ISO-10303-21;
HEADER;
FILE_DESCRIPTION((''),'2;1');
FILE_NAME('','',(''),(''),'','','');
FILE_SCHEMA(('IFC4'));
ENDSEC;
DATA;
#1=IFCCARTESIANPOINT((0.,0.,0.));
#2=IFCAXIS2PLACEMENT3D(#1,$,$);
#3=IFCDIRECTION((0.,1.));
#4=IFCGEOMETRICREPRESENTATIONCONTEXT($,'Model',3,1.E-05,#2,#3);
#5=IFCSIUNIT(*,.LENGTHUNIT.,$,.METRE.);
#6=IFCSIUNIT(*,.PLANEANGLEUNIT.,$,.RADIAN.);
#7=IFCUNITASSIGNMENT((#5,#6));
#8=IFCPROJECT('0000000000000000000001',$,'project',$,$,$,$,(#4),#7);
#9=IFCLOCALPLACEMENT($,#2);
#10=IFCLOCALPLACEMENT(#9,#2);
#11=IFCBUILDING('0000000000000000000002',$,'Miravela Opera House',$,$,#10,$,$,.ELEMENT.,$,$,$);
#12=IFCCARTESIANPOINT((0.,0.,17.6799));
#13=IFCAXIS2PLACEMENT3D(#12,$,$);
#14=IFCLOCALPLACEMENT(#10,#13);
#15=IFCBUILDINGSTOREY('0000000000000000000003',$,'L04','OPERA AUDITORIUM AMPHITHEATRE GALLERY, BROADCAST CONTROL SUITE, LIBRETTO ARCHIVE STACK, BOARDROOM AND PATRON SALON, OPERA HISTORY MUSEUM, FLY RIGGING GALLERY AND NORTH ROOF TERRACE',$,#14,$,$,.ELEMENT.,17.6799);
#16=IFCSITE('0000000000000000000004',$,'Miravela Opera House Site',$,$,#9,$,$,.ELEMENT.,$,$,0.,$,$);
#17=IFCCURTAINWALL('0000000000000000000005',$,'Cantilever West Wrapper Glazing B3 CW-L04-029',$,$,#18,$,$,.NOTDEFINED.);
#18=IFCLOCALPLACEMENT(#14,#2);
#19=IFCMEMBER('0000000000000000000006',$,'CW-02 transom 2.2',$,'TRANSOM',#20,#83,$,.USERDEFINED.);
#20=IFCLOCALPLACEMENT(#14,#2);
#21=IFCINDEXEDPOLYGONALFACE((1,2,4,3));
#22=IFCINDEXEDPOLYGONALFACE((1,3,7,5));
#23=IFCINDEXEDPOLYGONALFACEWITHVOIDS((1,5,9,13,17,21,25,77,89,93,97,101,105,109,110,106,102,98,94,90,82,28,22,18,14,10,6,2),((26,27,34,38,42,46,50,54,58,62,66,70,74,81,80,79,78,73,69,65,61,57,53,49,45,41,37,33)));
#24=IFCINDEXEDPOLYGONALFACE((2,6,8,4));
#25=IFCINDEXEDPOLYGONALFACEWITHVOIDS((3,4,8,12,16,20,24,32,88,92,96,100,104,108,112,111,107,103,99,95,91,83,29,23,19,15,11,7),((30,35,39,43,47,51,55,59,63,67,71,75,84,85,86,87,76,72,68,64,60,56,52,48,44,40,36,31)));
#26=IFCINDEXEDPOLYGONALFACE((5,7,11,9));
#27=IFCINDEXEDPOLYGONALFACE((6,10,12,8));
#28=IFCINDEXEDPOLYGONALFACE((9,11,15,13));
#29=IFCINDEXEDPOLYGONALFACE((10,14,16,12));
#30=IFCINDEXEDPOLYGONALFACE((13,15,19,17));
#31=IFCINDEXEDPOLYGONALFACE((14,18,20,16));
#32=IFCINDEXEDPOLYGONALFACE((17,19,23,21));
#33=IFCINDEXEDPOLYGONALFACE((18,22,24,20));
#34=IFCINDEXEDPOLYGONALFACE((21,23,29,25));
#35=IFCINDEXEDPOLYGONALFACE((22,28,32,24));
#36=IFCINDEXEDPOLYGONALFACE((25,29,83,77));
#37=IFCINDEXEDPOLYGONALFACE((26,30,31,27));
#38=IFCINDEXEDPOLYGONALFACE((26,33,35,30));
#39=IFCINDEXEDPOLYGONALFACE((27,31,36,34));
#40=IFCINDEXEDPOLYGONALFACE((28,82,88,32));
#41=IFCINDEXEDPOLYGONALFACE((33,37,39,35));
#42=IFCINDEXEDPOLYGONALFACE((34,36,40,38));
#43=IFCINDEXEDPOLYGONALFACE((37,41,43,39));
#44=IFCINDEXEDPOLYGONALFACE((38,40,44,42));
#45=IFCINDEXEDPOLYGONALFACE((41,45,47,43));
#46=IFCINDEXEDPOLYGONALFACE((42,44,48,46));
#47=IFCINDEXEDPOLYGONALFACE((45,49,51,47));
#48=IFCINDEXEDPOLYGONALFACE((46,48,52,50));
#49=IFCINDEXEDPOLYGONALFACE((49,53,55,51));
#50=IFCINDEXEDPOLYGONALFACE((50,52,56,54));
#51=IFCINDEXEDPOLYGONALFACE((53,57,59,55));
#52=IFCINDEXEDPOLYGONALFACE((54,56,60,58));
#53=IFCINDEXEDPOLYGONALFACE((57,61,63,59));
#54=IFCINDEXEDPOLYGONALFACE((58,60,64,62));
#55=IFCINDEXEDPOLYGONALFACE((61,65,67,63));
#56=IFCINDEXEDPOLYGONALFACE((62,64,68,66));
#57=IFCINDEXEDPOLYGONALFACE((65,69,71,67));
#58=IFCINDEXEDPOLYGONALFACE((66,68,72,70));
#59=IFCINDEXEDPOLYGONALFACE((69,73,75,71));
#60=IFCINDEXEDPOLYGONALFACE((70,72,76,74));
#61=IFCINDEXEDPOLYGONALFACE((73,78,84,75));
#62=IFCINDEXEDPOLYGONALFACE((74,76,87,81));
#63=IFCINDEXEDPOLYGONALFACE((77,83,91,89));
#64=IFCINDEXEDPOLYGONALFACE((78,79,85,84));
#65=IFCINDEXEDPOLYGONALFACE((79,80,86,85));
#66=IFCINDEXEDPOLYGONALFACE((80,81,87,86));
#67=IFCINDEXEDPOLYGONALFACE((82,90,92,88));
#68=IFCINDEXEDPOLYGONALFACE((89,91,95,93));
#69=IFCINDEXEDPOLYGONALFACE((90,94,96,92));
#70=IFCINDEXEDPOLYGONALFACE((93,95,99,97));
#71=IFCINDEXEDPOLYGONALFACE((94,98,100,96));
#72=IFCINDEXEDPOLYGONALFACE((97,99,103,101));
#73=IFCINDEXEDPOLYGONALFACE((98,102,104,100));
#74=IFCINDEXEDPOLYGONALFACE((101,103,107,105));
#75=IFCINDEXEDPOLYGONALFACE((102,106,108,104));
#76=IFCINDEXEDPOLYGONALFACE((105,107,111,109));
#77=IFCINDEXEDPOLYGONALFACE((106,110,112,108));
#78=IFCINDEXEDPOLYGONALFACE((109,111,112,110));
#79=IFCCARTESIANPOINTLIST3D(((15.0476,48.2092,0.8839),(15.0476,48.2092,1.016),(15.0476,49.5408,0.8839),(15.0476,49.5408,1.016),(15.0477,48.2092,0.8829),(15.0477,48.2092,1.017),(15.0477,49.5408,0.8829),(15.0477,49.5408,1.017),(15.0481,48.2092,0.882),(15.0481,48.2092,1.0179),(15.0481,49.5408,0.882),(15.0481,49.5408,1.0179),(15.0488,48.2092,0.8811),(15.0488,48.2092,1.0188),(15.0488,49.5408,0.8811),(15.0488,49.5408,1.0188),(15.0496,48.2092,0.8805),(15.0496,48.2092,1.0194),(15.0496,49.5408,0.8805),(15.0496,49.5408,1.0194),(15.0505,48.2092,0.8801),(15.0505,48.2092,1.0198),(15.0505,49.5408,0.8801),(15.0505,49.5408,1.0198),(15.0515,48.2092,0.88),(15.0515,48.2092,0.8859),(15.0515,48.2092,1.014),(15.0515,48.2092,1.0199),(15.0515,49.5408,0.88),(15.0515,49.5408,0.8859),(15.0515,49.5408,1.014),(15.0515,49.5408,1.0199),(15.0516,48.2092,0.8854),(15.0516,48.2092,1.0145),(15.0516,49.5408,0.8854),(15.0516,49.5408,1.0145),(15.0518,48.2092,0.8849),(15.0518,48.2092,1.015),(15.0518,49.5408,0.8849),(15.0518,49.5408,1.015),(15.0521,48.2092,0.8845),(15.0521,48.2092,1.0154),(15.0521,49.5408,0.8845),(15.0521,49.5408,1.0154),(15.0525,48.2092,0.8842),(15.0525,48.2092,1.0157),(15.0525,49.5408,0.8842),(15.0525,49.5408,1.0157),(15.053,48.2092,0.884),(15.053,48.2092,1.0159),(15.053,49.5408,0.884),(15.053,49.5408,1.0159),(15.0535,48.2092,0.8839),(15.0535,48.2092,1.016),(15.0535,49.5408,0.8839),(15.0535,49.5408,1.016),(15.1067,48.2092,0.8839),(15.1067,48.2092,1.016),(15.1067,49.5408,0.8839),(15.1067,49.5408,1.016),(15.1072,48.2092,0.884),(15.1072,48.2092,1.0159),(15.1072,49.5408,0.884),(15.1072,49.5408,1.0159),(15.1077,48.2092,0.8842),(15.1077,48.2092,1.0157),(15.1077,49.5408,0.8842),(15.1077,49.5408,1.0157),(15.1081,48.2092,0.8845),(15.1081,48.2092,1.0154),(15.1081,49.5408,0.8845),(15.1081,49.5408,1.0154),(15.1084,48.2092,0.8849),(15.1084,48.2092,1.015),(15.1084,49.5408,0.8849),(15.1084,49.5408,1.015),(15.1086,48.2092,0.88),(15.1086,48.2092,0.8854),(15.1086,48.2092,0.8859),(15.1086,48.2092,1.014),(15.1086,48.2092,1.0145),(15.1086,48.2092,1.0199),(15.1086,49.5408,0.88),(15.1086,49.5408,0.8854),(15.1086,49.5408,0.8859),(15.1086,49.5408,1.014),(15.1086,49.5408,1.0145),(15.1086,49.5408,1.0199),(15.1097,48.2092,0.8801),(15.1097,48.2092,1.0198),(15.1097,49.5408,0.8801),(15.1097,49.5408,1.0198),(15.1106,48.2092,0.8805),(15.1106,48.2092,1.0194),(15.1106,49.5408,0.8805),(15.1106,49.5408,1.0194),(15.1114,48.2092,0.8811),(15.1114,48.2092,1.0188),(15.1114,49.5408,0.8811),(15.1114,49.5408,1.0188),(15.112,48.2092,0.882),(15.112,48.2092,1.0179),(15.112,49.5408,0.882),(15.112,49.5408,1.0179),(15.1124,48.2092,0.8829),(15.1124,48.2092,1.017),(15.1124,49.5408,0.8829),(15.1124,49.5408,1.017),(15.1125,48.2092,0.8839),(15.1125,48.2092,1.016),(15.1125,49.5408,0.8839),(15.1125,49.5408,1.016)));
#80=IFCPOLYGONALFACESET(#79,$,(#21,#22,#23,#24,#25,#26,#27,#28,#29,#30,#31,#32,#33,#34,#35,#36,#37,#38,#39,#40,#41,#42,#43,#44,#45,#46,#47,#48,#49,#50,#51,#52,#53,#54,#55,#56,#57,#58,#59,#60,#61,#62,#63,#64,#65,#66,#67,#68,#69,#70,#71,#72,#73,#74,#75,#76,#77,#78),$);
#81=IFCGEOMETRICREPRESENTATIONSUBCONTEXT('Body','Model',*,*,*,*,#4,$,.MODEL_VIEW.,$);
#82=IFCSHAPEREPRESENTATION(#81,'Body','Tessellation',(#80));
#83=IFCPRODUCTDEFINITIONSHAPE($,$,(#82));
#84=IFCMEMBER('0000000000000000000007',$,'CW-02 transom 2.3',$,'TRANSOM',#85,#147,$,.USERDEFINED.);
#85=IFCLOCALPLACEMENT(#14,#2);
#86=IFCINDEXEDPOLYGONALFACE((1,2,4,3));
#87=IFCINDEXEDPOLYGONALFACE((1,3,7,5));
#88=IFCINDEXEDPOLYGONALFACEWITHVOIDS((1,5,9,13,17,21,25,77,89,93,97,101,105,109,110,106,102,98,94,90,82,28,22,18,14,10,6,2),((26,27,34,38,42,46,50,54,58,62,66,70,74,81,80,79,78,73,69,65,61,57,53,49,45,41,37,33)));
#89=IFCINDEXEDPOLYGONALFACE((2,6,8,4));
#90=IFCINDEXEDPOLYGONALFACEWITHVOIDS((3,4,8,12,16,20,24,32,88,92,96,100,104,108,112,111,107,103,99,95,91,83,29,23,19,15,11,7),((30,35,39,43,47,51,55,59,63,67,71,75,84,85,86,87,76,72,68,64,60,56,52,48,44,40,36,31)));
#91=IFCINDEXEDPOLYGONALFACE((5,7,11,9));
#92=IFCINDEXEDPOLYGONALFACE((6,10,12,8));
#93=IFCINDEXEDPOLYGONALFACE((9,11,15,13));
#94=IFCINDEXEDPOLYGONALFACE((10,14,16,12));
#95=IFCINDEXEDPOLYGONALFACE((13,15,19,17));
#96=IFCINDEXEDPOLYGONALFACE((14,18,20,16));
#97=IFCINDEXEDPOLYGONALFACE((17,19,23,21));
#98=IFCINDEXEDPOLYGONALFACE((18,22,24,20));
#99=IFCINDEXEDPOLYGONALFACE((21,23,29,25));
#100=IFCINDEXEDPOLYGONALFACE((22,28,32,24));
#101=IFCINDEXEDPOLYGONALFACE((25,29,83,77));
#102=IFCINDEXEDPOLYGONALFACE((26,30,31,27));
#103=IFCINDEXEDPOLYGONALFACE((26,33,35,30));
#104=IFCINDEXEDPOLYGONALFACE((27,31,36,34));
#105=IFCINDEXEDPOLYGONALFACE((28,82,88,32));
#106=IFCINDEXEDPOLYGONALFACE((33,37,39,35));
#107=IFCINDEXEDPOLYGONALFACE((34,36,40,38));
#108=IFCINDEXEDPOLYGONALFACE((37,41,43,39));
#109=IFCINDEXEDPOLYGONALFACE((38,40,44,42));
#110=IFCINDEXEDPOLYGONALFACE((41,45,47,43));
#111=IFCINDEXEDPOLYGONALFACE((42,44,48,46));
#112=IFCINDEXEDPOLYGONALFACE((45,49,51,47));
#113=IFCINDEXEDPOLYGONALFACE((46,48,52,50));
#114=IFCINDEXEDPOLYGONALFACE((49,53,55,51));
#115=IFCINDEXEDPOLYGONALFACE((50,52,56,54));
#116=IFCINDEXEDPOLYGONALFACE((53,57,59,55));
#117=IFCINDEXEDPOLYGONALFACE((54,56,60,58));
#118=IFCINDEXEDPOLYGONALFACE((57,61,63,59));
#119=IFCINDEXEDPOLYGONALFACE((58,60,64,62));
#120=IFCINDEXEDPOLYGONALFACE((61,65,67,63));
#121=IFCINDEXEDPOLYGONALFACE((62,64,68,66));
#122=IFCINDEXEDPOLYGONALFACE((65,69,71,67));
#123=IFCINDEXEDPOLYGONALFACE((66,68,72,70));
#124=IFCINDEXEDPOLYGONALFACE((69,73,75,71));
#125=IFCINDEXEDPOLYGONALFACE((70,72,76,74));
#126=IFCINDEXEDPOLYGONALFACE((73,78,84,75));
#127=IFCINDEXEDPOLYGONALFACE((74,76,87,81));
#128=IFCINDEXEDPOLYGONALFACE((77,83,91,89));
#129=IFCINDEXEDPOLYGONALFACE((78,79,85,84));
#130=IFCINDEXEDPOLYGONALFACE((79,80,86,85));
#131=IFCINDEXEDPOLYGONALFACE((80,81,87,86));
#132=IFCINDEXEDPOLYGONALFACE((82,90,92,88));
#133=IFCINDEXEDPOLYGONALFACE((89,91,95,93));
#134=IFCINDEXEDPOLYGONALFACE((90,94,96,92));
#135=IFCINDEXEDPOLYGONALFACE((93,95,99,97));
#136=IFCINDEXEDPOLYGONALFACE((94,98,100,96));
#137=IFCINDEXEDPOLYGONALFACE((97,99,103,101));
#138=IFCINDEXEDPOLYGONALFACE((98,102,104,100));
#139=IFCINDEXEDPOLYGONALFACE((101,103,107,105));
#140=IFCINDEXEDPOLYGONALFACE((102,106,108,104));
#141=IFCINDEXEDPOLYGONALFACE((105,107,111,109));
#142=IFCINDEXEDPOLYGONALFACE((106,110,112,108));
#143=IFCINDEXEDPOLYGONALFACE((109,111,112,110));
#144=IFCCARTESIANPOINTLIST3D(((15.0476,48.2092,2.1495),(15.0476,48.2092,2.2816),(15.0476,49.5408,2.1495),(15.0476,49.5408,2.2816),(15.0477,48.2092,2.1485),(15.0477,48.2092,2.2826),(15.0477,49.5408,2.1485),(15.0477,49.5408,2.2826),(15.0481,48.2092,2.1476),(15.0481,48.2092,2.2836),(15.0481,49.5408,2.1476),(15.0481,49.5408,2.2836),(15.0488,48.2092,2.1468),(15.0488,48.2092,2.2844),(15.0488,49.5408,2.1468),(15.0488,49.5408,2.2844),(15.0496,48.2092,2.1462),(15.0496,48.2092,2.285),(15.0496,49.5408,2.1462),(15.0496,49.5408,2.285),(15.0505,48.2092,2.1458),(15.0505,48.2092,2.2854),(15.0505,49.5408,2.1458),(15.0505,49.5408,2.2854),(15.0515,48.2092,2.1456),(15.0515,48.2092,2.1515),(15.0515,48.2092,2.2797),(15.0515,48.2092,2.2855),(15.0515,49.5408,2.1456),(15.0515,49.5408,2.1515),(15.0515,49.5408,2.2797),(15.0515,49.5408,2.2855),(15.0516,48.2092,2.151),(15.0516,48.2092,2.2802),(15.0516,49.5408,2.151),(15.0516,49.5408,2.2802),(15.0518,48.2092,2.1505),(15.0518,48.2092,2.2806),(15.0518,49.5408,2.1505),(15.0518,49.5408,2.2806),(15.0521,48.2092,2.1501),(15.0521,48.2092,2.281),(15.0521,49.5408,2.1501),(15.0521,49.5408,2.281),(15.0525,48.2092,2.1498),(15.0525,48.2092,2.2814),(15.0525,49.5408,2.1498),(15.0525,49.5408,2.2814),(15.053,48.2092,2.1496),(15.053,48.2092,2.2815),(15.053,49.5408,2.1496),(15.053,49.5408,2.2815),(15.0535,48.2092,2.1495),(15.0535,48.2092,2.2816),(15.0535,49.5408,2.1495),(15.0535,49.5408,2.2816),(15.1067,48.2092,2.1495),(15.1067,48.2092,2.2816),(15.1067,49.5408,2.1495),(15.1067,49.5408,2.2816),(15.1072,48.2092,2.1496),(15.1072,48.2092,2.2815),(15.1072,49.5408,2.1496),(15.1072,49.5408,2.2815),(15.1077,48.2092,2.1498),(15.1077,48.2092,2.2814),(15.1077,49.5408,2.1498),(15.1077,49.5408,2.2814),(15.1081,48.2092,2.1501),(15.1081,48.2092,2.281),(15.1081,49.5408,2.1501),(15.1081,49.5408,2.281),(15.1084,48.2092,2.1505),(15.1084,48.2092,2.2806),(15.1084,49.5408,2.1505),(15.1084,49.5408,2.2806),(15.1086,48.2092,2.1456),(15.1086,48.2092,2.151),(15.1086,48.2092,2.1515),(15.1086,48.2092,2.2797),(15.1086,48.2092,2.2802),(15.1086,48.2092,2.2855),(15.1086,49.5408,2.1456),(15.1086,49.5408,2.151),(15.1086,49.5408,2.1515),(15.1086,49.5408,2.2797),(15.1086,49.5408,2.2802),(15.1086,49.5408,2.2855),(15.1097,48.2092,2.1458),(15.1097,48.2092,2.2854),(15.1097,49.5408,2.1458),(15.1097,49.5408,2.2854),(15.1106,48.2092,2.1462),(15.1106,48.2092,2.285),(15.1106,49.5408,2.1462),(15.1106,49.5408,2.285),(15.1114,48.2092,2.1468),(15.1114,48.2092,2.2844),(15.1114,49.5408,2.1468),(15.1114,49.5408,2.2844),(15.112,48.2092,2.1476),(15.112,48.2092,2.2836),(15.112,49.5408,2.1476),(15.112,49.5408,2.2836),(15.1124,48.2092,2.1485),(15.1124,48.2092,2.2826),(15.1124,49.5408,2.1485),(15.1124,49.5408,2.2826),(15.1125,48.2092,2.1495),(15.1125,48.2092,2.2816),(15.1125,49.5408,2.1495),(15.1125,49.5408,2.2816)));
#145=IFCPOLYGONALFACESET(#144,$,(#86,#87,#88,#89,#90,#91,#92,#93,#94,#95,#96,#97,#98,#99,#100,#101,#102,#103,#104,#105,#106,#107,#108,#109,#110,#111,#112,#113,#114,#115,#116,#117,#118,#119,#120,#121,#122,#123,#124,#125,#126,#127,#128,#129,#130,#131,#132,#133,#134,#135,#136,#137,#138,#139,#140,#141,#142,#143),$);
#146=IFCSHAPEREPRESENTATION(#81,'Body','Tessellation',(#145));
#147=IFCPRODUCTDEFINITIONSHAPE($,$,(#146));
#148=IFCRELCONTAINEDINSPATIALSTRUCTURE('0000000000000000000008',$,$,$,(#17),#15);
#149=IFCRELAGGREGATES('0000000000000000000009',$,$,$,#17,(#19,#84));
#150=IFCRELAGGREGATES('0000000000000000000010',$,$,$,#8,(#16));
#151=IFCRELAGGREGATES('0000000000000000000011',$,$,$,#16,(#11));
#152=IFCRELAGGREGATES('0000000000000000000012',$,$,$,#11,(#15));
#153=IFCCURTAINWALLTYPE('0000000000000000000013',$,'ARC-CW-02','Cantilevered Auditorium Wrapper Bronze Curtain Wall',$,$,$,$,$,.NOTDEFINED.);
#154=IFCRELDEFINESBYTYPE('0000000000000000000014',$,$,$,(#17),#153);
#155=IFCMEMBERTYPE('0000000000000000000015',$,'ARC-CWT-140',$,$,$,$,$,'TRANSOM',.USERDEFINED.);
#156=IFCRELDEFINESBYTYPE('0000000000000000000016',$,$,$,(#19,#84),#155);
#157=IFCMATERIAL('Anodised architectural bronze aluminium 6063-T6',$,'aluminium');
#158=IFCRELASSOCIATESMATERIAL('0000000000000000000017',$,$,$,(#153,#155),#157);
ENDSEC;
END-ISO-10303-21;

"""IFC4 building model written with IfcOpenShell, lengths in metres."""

from ifc_helpers import new_model, si_unit, direction, frame, origin, origin_2d, place, context, subcontext, project, spatial, hollow_rectangle, extrude, material, material_profile, profile_set, type_object, element, aggregate, save


model = new_model("IFC4")

# Units and contexts
model_context = context("Model", 3, precision=1e-05, world=origin(), true_north=direction((0.0, 1.0)))
body_context = subcontext(model_context, "Body", "Model", "MODEL_VIEW")
ifc_project = project(units=[si_unit("LENGTHUNIT", "METRE"), si_unit("PLANEANGLEUNIT", "RADIAN")], contexts=[model_context])

# Site, building, storey
site_placement = place(None, origin())
site = spatial("IfcSite", under=ifc_project, at=site_placement, Name="Miravela Opera House Site", CompositionType="ELEMENT", RefElevation=0.0)
building_placement = place(site_placement, origin())
building = spatial("IfcBuilding", under=site, at=building_placement, Name="Miravela Opera House", CompositionType="ELEMENT")
storey_placement = place(building_placement, frame((0.0, 0.0, 17.6799)))
storey = spatial("IfcBuildingStorey", under=building, at=storey_placement, Name="L04", Description="OPERA AUDITORIUM AMPHITHEATRE GALLERY, BROADCAST CONTROL SUITE, LIBRETTO ARCHIVE STACK, BOARDROOM AND PATRON SALON, OPERA HISTORY MUSEUM, FLY RIGGING GALLERY AND NORTH ROOF TERRACE", CompositionType="ELEMENT", Elevation=17.6799)

# Curtain wall, members
ifc_material_1 = material(Name="Anodised architectural bronze aluminium 6063-T6", Category="aluminium")
curtain_wall_type = type_object("IfcCurtainWallType", Name="ARC-CW-02", Description="Cantilevered Auditorium Wrapper Bronze Curtain Wall", PredefinedType="NOTDEFINED", material=ifc_material_1)
curtain_wall_placement = place(storey_placement, origin())
curtain_wall = element("IfcCurtainWall", 1, at=curtain_wall_placement, inside=storey, type_object=curtain_wall_type, Name="Cantilever West Wrapper Glazing B3 CW-L04-029", PredefinedType="NOTDEFINED")
ifc_material_profile_1 = material_profile(ifc_material_1, hollow_rectangle(XDim=0.0649, YDim=0.1399, WallThickness=0.0039, InnerFilletRadius=0.002, OuterFilletRadius=0.0039, at=origin_2d()), Name="CWT-65X140")
ifc_profile_set_1 = profile_set([ifc_material_profile_1])
member_type_1 = type_object("IfcMemberType", Name="ARC-CWT-140", ElementType="TRANSOM", PredefinedType="USERDEFINED", material=ifc_profile_set_1)
member_1_placement = place(storey_placement, frame((15.0801, 48.2092, 0.95), z_axis=(0.0, 1.0, 0.0), x_axis=(-1.0, 0.0, 0.0)))
member_1 = element("IfcMember", 2, at=member_1_placement, type_object=member_type_1, Name="CW-02 transom 2.2", ObjectType="TRANSOM", PredefinedType="USERDEFINED", context=body_context, shape_type="SweptSolid", body=[
    extrude(hollow_rectangle(XDim=0.0649, YDim=0.1399, WallThickness=0.0039, InnerFilletRadius=0.002, OuterFilletRadius=0.0039, at=origin_2d()), origin(), (0.0, 0.0, 1.0), 1.3315),
])
member_2_placement = place(storey_placement, frame((15.0801, 48.2092, 2.2156), z_axis=(0.0, 1.0, 0.0), x_axis=(-1.0, 0.0, 0.0)))
member_2 = element("IfcMember", 3, at=member_2_placement, type_object=member_type_1, Name="CW-02 transom 2.3", ObjectType="TRANSOM", PredefinedType="USERDEFINED", context=body_context, shape_type="SweptSolid", body=[
    extrude(hollow_rectangle(XDim=0.0649, YDim=0.1399, WallThickness=0.0039, InnerFilletRadius=0.002, OuterFilletRadius=0.0039, at=origin_2d()), origin(), (0.0, 0.0, 1.0), 1.3315),
])

aggregate(curtain_wall, [member_1, member_2])

save(model, "model.ifc")
